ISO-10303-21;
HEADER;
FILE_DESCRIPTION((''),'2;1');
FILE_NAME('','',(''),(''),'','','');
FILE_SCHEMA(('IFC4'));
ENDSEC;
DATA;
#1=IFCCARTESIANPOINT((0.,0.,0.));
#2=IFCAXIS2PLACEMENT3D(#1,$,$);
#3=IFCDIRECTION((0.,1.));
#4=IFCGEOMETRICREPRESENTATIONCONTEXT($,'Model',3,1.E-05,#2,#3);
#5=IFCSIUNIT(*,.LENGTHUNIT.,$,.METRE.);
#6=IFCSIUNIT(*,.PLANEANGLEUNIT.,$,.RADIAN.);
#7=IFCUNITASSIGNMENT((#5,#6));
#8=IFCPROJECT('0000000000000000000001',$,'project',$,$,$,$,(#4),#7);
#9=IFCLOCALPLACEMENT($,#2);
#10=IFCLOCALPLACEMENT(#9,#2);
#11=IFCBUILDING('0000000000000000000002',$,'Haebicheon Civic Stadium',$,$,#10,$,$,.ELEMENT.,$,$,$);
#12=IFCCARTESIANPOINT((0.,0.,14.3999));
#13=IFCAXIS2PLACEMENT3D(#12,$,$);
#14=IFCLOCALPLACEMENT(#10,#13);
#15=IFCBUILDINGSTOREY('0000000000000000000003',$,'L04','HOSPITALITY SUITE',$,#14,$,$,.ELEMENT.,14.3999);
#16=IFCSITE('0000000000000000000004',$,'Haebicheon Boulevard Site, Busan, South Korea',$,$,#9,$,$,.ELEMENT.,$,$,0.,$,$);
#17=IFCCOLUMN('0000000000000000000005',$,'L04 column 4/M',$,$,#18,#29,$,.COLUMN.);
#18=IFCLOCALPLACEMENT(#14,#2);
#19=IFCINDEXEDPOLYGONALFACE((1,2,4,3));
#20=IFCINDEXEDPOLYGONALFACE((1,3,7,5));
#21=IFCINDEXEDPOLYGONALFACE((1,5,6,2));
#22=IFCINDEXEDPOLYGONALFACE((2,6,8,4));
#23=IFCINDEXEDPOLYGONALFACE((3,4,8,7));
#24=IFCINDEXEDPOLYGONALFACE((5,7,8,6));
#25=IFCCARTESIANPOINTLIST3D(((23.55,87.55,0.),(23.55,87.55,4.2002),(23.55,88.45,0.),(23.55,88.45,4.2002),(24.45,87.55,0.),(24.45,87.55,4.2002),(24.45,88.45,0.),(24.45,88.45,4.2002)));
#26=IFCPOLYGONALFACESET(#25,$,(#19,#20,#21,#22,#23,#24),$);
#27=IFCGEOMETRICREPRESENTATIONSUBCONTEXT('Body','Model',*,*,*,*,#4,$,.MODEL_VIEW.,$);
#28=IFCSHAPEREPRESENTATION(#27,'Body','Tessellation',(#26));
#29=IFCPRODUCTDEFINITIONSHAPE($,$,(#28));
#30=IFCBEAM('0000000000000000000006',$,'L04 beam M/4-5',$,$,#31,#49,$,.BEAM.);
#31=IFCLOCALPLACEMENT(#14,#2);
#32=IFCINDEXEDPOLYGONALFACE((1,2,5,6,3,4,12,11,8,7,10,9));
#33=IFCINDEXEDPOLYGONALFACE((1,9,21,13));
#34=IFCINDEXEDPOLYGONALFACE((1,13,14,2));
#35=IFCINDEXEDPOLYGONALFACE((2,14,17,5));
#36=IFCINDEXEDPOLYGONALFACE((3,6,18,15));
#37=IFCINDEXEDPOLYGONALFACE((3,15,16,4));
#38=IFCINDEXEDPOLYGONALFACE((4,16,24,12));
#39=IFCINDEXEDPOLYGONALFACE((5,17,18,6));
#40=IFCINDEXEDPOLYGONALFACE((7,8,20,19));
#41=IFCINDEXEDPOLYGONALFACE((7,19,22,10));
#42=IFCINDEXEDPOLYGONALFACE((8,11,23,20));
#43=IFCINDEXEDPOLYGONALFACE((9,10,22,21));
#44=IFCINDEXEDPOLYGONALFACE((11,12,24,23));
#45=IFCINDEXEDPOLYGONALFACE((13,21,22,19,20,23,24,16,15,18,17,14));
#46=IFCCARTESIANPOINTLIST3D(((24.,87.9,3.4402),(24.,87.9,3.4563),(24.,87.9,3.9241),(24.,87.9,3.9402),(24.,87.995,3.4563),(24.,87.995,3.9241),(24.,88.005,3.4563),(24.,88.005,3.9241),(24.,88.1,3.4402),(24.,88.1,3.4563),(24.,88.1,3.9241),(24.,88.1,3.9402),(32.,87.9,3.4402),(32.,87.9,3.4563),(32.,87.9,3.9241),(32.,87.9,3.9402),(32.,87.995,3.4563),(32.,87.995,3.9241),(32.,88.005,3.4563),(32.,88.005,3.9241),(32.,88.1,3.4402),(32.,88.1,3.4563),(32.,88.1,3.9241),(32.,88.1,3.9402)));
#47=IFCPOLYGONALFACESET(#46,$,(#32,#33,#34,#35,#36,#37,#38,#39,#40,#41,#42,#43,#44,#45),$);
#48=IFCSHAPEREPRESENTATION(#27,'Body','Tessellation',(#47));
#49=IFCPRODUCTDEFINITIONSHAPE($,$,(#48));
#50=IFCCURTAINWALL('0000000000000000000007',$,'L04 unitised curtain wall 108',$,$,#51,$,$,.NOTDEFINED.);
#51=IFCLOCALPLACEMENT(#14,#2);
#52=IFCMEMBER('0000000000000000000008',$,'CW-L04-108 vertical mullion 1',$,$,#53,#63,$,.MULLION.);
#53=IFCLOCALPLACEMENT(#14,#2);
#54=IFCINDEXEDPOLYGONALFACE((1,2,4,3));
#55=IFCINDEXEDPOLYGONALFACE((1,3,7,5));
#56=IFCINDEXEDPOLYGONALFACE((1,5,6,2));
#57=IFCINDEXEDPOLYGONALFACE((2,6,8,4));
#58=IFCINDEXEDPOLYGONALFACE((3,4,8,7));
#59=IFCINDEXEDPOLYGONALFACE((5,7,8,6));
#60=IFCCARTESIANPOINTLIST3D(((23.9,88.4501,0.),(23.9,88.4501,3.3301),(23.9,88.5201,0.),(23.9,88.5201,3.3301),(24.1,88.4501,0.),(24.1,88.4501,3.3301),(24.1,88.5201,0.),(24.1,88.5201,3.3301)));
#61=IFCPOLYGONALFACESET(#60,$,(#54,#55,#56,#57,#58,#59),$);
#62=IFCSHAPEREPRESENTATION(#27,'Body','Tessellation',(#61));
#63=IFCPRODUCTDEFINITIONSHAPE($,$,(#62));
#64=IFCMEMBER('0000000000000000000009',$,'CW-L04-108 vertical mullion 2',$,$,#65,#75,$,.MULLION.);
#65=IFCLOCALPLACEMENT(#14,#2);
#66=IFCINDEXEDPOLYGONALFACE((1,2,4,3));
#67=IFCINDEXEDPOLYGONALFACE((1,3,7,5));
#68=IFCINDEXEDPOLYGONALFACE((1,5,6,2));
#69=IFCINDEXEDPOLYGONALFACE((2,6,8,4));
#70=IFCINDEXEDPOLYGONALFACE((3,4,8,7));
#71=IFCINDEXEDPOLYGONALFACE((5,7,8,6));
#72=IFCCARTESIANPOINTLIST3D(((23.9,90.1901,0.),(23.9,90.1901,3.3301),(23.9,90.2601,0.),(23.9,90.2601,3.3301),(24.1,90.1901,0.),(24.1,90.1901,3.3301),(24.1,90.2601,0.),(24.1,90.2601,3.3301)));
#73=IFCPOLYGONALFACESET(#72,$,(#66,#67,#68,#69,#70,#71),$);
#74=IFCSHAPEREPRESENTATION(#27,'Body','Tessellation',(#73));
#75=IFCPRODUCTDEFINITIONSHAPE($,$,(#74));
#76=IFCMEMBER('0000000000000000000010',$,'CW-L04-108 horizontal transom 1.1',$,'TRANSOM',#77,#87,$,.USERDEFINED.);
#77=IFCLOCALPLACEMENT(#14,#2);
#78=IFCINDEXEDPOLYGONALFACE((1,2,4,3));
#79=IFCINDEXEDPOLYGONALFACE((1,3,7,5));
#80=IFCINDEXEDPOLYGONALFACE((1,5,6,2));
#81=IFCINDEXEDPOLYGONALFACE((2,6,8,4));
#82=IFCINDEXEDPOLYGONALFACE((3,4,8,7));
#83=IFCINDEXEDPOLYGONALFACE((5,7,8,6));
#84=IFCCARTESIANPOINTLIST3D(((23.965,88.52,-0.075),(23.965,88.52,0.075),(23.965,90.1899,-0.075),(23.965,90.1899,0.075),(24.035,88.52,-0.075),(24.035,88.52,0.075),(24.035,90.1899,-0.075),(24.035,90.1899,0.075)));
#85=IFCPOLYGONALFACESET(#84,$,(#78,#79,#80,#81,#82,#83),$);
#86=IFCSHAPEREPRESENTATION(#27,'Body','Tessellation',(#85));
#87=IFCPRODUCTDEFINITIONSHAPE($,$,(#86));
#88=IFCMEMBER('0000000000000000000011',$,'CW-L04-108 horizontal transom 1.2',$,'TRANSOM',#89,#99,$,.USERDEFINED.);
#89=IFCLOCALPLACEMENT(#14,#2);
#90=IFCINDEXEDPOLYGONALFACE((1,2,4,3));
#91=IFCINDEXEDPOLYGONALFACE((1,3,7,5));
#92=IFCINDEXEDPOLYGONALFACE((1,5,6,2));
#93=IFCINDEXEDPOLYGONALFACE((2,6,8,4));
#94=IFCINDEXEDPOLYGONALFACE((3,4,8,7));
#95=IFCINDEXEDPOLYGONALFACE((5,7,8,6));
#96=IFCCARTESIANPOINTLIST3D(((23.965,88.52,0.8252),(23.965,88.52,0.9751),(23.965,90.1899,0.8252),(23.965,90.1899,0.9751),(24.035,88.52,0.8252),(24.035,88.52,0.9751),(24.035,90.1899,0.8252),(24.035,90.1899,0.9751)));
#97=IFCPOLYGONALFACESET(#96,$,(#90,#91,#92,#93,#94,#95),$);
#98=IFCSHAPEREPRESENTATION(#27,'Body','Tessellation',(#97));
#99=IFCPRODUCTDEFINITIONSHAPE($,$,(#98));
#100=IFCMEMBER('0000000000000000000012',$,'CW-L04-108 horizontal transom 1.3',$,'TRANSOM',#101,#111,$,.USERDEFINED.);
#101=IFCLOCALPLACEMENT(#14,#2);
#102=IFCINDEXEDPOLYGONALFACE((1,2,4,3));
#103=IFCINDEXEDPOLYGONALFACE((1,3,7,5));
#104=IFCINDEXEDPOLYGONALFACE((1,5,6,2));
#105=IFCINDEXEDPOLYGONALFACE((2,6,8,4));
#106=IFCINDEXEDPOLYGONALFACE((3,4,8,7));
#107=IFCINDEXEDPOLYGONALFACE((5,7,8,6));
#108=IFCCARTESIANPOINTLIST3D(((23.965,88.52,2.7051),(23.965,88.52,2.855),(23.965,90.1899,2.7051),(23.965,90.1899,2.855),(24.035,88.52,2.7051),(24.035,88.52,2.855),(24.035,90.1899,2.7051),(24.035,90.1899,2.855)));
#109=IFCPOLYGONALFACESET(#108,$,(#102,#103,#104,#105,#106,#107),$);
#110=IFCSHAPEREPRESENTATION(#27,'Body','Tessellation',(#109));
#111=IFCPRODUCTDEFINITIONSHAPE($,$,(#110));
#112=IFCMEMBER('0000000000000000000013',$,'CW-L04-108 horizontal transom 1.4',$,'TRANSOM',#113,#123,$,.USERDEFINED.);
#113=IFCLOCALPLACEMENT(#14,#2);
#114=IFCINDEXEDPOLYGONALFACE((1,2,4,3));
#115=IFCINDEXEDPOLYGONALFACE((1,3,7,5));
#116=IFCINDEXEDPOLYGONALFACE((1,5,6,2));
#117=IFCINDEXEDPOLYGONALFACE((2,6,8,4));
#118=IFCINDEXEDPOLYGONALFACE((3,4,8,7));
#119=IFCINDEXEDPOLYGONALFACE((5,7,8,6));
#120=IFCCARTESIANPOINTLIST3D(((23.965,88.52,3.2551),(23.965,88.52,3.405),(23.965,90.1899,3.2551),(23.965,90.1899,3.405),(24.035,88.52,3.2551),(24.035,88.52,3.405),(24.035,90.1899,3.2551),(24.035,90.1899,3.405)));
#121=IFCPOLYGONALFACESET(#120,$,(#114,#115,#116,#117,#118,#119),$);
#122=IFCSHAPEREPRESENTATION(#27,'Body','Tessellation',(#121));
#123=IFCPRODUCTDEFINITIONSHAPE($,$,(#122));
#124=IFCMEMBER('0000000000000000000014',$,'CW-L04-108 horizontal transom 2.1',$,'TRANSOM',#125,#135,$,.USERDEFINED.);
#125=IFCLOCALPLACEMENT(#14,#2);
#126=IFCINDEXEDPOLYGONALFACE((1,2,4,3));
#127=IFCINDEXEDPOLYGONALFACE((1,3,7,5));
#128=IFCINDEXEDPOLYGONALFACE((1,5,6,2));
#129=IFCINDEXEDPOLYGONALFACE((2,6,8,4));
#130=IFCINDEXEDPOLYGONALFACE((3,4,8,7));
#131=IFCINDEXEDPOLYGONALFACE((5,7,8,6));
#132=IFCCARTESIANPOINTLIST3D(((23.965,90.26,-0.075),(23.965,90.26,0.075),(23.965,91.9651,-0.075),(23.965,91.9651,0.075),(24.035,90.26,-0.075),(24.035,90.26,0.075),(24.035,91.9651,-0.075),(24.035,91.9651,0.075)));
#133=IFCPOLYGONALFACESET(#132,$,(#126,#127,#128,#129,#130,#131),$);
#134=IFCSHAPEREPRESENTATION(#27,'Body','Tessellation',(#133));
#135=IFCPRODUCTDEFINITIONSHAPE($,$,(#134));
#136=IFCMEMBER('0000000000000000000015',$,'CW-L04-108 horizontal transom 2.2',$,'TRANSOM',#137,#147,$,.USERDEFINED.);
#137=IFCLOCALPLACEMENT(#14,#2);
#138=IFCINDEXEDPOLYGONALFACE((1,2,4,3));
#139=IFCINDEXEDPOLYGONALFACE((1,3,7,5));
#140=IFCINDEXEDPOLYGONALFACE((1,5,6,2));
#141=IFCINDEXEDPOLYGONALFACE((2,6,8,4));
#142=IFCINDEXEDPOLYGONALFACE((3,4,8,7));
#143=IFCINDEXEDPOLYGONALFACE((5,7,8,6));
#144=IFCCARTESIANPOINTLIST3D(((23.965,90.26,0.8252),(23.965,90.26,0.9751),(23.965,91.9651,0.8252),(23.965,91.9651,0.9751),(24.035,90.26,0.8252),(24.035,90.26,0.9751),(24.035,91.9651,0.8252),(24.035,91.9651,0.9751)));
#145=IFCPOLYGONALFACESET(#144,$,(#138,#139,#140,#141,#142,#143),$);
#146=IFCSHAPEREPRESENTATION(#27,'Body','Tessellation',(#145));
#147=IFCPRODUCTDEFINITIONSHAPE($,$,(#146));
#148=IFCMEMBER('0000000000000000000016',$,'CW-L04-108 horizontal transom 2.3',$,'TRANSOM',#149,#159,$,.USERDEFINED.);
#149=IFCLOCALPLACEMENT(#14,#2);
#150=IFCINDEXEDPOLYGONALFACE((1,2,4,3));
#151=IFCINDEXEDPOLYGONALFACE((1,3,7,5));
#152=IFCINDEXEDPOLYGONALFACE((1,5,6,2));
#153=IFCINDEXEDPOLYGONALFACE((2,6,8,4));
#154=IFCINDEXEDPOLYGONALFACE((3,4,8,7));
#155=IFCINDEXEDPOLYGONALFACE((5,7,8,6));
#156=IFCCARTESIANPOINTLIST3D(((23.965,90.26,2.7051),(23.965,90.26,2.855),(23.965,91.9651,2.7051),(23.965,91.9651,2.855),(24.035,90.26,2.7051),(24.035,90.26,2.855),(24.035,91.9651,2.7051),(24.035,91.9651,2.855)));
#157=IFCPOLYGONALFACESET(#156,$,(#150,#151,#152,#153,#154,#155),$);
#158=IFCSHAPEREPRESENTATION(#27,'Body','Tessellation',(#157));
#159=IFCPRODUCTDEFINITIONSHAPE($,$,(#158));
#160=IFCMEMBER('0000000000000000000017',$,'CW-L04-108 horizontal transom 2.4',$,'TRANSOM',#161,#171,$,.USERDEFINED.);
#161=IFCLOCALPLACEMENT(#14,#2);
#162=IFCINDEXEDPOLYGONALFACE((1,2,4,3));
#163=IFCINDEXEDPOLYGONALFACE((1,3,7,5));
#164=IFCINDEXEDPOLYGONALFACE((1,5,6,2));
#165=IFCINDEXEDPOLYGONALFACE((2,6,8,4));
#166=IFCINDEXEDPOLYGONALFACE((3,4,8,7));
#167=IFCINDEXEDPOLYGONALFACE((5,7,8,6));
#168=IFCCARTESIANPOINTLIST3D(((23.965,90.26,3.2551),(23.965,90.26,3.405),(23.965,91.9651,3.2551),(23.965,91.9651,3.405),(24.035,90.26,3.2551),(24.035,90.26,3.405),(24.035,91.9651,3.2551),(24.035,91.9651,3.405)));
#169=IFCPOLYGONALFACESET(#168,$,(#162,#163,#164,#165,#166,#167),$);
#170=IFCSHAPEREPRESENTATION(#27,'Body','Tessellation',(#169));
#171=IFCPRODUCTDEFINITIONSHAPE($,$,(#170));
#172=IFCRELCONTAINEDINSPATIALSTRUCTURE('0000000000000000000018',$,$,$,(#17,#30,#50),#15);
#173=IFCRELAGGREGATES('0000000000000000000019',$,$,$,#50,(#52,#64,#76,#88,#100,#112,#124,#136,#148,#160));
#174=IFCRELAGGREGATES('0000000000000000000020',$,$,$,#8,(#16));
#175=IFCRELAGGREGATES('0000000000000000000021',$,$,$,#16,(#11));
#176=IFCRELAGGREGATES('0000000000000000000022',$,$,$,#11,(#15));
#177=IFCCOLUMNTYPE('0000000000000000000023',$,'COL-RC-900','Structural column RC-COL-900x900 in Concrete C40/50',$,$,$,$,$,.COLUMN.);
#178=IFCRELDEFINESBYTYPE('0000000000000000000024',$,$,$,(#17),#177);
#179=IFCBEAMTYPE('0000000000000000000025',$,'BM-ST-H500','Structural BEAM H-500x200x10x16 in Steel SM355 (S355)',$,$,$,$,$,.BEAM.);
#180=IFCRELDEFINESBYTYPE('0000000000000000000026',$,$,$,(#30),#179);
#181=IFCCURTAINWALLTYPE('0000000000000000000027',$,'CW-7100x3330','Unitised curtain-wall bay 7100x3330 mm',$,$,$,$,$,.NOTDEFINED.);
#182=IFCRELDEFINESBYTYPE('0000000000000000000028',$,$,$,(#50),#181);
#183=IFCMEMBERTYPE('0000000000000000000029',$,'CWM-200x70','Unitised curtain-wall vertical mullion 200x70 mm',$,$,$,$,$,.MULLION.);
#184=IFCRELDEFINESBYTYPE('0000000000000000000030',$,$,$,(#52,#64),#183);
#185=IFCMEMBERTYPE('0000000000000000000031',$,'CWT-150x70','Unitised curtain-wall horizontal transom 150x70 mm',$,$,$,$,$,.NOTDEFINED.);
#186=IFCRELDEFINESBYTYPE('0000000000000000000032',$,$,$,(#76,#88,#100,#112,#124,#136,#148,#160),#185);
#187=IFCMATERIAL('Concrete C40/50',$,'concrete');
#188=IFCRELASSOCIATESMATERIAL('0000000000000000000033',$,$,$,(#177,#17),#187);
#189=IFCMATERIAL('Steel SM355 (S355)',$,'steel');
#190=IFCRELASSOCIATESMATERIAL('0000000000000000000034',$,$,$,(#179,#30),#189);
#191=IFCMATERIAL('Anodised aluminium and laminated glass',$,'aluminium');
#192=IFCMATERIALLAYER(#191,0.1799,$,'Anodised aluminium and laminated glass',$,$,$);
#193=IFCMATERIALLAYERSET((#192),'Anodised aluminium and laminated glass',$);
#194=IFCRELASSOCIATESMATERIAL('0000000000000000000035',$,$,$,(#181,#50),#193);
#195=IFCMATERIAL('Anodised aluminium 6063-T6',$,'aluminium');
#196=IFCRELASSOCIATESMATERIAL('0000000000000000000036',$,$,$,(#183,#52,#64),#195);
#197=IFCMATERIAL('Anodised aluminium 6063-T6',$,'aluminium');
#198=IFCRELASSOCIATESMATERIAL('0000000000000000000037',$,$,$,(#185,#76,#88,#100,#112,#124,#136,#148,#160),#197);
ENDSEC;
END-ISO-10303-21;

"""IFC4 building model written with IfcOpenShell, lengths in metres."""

from ifc_helpers import new_model, si_unit, direction, frame, origin, origin_2d, place, context, subcontext, project, spatial, rectangle, i_section, extrude, material, layer, layer_set, material_profile, profile_set, type_object, element, aggregate, save


model = new_model("IFC4")

# Units and contexts
model_context = context("Model", 3, precision=1e-05, world=origin(), true_north=direction((0.0, 1.0)))
body_context = subcontext(model_context, "Body", "Model", "MODEL_VIEW")
ifc_project = project(units=[si_unit("LENGTHUNIT", "METRE"), si_unit("PLANEANGLEUNIT", "RADIAN")], contexts=[model_context])

# Site, building, storey
site_placement = place(None, origin())
site = spatial("IfcSite", under=ifc_project, at=site_placement, Name="Haebicheon Boulevard Site, Busan, South Korea", CompositionType="ELEMENT", RefElevation=0.0)
building_placement = place(site_placement, origin())
building = spatial("IfcBuilding", under=site, at=building_placement, Name="Haebicheon Civic Stadium", CompositionType="ELEMENT")
storey_placement = place(building_placement, frame((0.0, 0.0, 14.3999)))
storey = spatial("IfcBuildingStorey", under=building, at=storey_placement, Name="L04", Description="HOSPITALITY SUITE", CompositionType="ELEMENT", Elevation=14.3999)

# Column
ifc_material_1 = material(Name="Concrete C40/50", Category="concrete")
ifc_material_profile_1 = material_profile(ifc_material_1, rectangle(XDim=0.8999, YDim=0.8999, at=origin_2d()), Name="RC-COL-900x900")
ifc_profile_set_1 = profile_set([ifc_material_profile_1], Name="Concrete C40/50")
column_type = type_object("IfcColumnType", Name="COL-RC-900", Description="Structural column RC-COL-900x900 in Concrete C40/50", PredefinedType="COLUMN", material=ifc_profile_set_1)
column_placement = place(storey_placement, frame((24.0, 88.0, 0.0), z_axis=(0.0, 0.0, 1.0), x_axis=(1.0, 0.0, 0.0)))
element("IfcColumn", 1, at=column_placement, inside=storey, type_object=column_type, material=ifc_profile_set_1, Name="L04 column 4/M", PredefinedType="COLUMN", context=body_context, shape_type="SweptSolid", body=[
    extrude(rectangle(XDim=0.8999, YDim=0.8999, at=origin_2d()), origin(), (0.0, 0.0, 1.0), 4.2002),
])

# Beam
ifc_material_2 = material(Name="Steel SM355 (S355)", Category="steel")
ifc_material_profile_2 = material_profile(ifc_material_2, i_section(OverallWidth=0.2, OverallDepth=0.5, WebThickness=0.01, FlangeThickness=0.0161, at=origin_2d()), Name="H-500x200x10x16")
ifc_profile_set_2 = profile_set([ifc_material_profile_2], Name="Steel SM355 (S355)")
beam_type_1 = type_object("IfcBeamType", Name="BM-ST-H500", Description="Structural BEAM H-500x200x10x16 in Steel SM355 (S355)", PredefinedType="BEAM", material=ifc_profile_set_2)
beam_1_placement = place(storey_placement, frame((24.0, 88.0, 3.6902), z_axis=(1.0, 0.0, 0.0), x_axis=(0.0, 1.0, 0.0)))
element("IfcBeam", 2, at=beam_1_placement, inside=storey, type_object=beam_type_1, material=ifc_profile_set_2, Name="L04 beam M/4-5", PredefinedType="BEAM", context=body_context, shape_type="SweptSolid", body=[
    extrude(i_section(OverallWidth=0.2, OverallDepth=0.5, WebThickness=0.01, FlangeThickness=0.0161, at=origin_2d()), origin(), (0.0, 0.0, 1.0), 8.0),
])

# Curtain wall, members
ifc_material_3 = material(Name="Anodised aluminium and laminated glass", Category="aluminium")
ifc_layer_1 = layer(ifc_material_3, 0.1799, Name="Anodised aluminium and laminated glass")
ifc_layer_set_1 = layer_set([ifc_layer_1], Name="Anodised aluminium and laminated glass")
curtain_wall_type = type_object("IfcCurtainWallType", Name="CW-7100x3330", Description="Unitised curtain-wall bay 7100x3330 mm", PredefinedType="NOTDEFINED", material=ifc_layer_set_1)
curtain_wall_placement = place(storey_placement, origin())
curtain_wall = element("IfcCurtainWall", 3, at=curtain_wall_placement, inside=storey, type_object=curtain_wall_type, material=ifc_layer_set_1, Name="L04 unitised curtain wall 108", PredefinedType="NOTDEFINED")
ifc_material_4 = material(Name="Anodised aluminium 6063-T6", Category="aluminium")
ifc_material_profile_3 = material_profile(ifc_material_4, rectangle(XDim=0.0701, YDim=0.2, at=origin_2d()), Name="ALU-MULL-70x200")
ifc_profile_set_3 = profile_set([ifc_material_profile_3], Name="Anodised aluminium 6063-T6")
member_type_1 = type_object("IfcMemberType", Name="CWM-200x70", Description="Unitised curtain-wall vertical mullion 200x70 mm", PredefinedType="MULLION", material=ifc_profile_set_3)
member_1_placement = place(storey_placement, frame((24.0, 88.4851, 0.0), z_axis=(0.0, 0.0, 1.0), x_axis=(0.0, 1.0, 0.0)))
member_1 = element("IfcMember", 4, at=member_1_placement, type_object=member_type_1, material=ifc_profile_set_3, Name="CW-L04-108 vertical mullion 1", PredefinedType="MULLION", context=body_context, shape_type="SweptSolid", body=[
    extrude(rectangle(XDim=0.0701, YDim=0.2, at=origin_2d()), origin(), (0.0, 0.0, 1.0), 3.3301),
])
member_2_placement = place(storey_placement, frame((24.0, 90.2251, 0.0), z_axis=(0.0, 0.0, 1.0), x_axis=(0.0, 1.0, 0.0)))
member_2 = element("IfcMember", 5, at=member_2_placement, type_object=member_type_1, material=ifc_profile_set_3, Name="CW-L04-108 vertical mullion 2", PredefinedType="MULLION", context=body_context, shape_type="SweptSolid", body=[
    extrude(rectangle(XDim=0.0701, YDim=0.2, at=origin_2d()), origin(), (0.0, 0.0, 1.0), 3.3301),
])
ifc_material_5 = material(Name="Anodised aluminium 6063-T6", Category="aluminium")
ifc_material_profile_4 = material_profile(ifc_material_5, rectangle(XDim=0.0701, YDim=0.1499, at=origin_2d()), Name="ALU-TRAN-70x150")
ifc_profile_set_4 = profile_set([ifc_material_profile_4], Name="Anodised aluminium 6063-T6")
member_type_2 = type_object("IfcMemberType", Name="CWT-150x70", Description="Unitised curtain-wall horizontal transom 150x70 mm", PredefinedType="NOTDEFINED", material=ifc_profile_set_4)
member_3_placement = place(storey_placement, frame((24.0, 88.52, 0.0), z_axis=(0.0, 1.0, 0.0), x_axis=(-1.0, 0.0, 0.0)))
member_3 = element("IfcMember", 6, at=member_3_placement, type_object=member_type_2, material=ifc_profile_set_4, Name="CW-L04-108 horizontal transom 1.1", ObjectType="TRANSOM", PredefinedType="USERDEFINED", context=body_context, shape_type="SweptSolid", body=[
    extrude(rectangle(XDim=0.0701, YDim=0.1499, at=origin_2d()), origin(), (0.0, 0.0, 1.0), 1.6699),
])
member_4_placement = place(storey_placement, frame((24.0, 88.52, 0.9001), z_axis=(0.0, 1.0, 0.0), x_axis=(-1.0, 0.0, 0.0)))
member_4 = element("IfcMember", 7, at=member_4_placement, type_object=member_type_2, material=ifc_profile_set_4, Name="CW-L04-108 horizontal transom 1.2", ObjectType="TRANSOM", PredefinedType="USERDEFINED", context=body_context, shape_type="SweptSolid", body=[
    extrude(rectangle(XDim=0.0701, YDim=0.1499, at=origin_2d()), origin(), (0.0, 0.0, 1.0), 1.6699),
])
member_5_placement = place(storey_placement, frame((24.0, 88.52, 2.78), z_axis=(0.0, 1.0, 0.0), x_axis=(-1.0, 0.0, 0.0)))
member_5 = element("IfcMember", 8, at=member_5_placement, type_object=member_type_2, material=ifc_profile_set_4, Name="CW-L04-108 horizontal transom 1.3", ObjectType="TRANSOM", PredefinedType="USERDEFINED", context=body_context, shape_type="SweptSolid", body=[
    extrude(rectangle(XDim=0.0701, YDim=0.1499, at=origin_2d()), origin(), (0.0, 0.0, 1.0), 1.6699),
])
member_6_placement = place(storey_placement, frame((24.0, 88.52, 3.3301), z_axis=(0.0, 1.0, 0.0), x_axis=(-1.0, 0.0, 0.0)))
member_6 = element("IfcMember", 9, at=member_6_placement, type_object=member_type_2, material=ifc_profile_set_4, Name="CW-L04-108 horizontal transom 1.4", ObjectType="TRANSOM", PredefinedType="USERDEFINED", context=body_context, shape_type="SweptSolid", body=[
    extrude(rectangle(XDim=0.0701, YDim=0.1499, at=origin_2d()), origin(), (0.0, 0.0, 1.0), 1.6699),
])
member_7_placement = place(storey_placement, frame((24.0, 90.26, 0.0), z_axis=(0.0, 1.0, 0.0), x_axis=(-1.0, 0.0, 0.0)))
member_7 = element("IfcMember", 10, at=member_7_placement, type_object=member_type_2, material=ifc_profile_set_4, Name="CW-L04-108 horizontal transom 2.1", ObjectType="TRANSOM", PredefinedType="USERDEFINED", context=body_context, shape_type="SweptSolid", body=[
    extrude(rectangle(XDim=0.0701, YDim=0.1499, at=origin_2d()), origin(), (0.0, 0.0, 1.0), 1.7051),
])
member_8_placement = place(storey_placement, frame((24.0, 90.26, 0.9001), z_axis=(0.0, 1.0, 0.0), x_axis=(-1.0, 0.0, 0.0)))
member_8 = element("IfcMember", 11, at=member_8_placement, type_object=member_type_2, material=ifc_profile_set_4, Name="CW-L04-108 horizontal transom 2.2", ObjectType="TRANSOM", PredefinedType="USERDEFINED", context=body_context, shape_type="SweptSolid", body=[
    extrude(rectangle(XDim=0.0701, YDim=0.1499, at=origin_2d()), origin(), (0.0, 0.0, 1.0), 1.7051),
])
member_9_placement = place(storey_placement, frame((24.0, 90.26, 2.78), z_axis=(0.0, 1.0, 0.0), x_axis=(-1.0, 0.0, 0.0)))
member_9 = element("IfcMember", 12, at=member_9_placement, type_object=member_type_2, material=ifc_profile_set_4, Name="CW-L04-108 horizontal transom 2.3", ObjectType="TRANSOM", PredefinedType="USERDEFINED", context=body_context, shape_type="SweptSolid", body=[
    extrude(rectangle(XDim=0.0701, YDim=0.1499, at=origin_2d()), origin(), (0.0, 0.0, 1.0), 1.7051),
])
member_10_placement = place(storey_placement, frame((24.0, 90.26, 3.3301), z_axis=(0.0, 1.0, 0.0), x_axis=(-1.0, 0.0, 0.0)))
member_10 = element("IfcMember", 13, at=member_10_placement, type_object=member_type_2, material=ifc_profile_set_4, Name="CW-L04-108 horizontal transom 2.4", ObjectType="TRANSOM", PredefinedType="USERDEFINED", context=body_context, shape_type="SweptSolid", body=[
    extrude(rectangle(XDim=0.0701, YDim=0.1499, at=origin_2d()), origin(), (0.0, 0.0, 1.0), 1.7051),
])

aggregate(curtain_wall, [member_1, member_2, member_3, member_4, member_5, member_6, member_7, member_8, member_9, member_10])

save(model, "model.ifc")
